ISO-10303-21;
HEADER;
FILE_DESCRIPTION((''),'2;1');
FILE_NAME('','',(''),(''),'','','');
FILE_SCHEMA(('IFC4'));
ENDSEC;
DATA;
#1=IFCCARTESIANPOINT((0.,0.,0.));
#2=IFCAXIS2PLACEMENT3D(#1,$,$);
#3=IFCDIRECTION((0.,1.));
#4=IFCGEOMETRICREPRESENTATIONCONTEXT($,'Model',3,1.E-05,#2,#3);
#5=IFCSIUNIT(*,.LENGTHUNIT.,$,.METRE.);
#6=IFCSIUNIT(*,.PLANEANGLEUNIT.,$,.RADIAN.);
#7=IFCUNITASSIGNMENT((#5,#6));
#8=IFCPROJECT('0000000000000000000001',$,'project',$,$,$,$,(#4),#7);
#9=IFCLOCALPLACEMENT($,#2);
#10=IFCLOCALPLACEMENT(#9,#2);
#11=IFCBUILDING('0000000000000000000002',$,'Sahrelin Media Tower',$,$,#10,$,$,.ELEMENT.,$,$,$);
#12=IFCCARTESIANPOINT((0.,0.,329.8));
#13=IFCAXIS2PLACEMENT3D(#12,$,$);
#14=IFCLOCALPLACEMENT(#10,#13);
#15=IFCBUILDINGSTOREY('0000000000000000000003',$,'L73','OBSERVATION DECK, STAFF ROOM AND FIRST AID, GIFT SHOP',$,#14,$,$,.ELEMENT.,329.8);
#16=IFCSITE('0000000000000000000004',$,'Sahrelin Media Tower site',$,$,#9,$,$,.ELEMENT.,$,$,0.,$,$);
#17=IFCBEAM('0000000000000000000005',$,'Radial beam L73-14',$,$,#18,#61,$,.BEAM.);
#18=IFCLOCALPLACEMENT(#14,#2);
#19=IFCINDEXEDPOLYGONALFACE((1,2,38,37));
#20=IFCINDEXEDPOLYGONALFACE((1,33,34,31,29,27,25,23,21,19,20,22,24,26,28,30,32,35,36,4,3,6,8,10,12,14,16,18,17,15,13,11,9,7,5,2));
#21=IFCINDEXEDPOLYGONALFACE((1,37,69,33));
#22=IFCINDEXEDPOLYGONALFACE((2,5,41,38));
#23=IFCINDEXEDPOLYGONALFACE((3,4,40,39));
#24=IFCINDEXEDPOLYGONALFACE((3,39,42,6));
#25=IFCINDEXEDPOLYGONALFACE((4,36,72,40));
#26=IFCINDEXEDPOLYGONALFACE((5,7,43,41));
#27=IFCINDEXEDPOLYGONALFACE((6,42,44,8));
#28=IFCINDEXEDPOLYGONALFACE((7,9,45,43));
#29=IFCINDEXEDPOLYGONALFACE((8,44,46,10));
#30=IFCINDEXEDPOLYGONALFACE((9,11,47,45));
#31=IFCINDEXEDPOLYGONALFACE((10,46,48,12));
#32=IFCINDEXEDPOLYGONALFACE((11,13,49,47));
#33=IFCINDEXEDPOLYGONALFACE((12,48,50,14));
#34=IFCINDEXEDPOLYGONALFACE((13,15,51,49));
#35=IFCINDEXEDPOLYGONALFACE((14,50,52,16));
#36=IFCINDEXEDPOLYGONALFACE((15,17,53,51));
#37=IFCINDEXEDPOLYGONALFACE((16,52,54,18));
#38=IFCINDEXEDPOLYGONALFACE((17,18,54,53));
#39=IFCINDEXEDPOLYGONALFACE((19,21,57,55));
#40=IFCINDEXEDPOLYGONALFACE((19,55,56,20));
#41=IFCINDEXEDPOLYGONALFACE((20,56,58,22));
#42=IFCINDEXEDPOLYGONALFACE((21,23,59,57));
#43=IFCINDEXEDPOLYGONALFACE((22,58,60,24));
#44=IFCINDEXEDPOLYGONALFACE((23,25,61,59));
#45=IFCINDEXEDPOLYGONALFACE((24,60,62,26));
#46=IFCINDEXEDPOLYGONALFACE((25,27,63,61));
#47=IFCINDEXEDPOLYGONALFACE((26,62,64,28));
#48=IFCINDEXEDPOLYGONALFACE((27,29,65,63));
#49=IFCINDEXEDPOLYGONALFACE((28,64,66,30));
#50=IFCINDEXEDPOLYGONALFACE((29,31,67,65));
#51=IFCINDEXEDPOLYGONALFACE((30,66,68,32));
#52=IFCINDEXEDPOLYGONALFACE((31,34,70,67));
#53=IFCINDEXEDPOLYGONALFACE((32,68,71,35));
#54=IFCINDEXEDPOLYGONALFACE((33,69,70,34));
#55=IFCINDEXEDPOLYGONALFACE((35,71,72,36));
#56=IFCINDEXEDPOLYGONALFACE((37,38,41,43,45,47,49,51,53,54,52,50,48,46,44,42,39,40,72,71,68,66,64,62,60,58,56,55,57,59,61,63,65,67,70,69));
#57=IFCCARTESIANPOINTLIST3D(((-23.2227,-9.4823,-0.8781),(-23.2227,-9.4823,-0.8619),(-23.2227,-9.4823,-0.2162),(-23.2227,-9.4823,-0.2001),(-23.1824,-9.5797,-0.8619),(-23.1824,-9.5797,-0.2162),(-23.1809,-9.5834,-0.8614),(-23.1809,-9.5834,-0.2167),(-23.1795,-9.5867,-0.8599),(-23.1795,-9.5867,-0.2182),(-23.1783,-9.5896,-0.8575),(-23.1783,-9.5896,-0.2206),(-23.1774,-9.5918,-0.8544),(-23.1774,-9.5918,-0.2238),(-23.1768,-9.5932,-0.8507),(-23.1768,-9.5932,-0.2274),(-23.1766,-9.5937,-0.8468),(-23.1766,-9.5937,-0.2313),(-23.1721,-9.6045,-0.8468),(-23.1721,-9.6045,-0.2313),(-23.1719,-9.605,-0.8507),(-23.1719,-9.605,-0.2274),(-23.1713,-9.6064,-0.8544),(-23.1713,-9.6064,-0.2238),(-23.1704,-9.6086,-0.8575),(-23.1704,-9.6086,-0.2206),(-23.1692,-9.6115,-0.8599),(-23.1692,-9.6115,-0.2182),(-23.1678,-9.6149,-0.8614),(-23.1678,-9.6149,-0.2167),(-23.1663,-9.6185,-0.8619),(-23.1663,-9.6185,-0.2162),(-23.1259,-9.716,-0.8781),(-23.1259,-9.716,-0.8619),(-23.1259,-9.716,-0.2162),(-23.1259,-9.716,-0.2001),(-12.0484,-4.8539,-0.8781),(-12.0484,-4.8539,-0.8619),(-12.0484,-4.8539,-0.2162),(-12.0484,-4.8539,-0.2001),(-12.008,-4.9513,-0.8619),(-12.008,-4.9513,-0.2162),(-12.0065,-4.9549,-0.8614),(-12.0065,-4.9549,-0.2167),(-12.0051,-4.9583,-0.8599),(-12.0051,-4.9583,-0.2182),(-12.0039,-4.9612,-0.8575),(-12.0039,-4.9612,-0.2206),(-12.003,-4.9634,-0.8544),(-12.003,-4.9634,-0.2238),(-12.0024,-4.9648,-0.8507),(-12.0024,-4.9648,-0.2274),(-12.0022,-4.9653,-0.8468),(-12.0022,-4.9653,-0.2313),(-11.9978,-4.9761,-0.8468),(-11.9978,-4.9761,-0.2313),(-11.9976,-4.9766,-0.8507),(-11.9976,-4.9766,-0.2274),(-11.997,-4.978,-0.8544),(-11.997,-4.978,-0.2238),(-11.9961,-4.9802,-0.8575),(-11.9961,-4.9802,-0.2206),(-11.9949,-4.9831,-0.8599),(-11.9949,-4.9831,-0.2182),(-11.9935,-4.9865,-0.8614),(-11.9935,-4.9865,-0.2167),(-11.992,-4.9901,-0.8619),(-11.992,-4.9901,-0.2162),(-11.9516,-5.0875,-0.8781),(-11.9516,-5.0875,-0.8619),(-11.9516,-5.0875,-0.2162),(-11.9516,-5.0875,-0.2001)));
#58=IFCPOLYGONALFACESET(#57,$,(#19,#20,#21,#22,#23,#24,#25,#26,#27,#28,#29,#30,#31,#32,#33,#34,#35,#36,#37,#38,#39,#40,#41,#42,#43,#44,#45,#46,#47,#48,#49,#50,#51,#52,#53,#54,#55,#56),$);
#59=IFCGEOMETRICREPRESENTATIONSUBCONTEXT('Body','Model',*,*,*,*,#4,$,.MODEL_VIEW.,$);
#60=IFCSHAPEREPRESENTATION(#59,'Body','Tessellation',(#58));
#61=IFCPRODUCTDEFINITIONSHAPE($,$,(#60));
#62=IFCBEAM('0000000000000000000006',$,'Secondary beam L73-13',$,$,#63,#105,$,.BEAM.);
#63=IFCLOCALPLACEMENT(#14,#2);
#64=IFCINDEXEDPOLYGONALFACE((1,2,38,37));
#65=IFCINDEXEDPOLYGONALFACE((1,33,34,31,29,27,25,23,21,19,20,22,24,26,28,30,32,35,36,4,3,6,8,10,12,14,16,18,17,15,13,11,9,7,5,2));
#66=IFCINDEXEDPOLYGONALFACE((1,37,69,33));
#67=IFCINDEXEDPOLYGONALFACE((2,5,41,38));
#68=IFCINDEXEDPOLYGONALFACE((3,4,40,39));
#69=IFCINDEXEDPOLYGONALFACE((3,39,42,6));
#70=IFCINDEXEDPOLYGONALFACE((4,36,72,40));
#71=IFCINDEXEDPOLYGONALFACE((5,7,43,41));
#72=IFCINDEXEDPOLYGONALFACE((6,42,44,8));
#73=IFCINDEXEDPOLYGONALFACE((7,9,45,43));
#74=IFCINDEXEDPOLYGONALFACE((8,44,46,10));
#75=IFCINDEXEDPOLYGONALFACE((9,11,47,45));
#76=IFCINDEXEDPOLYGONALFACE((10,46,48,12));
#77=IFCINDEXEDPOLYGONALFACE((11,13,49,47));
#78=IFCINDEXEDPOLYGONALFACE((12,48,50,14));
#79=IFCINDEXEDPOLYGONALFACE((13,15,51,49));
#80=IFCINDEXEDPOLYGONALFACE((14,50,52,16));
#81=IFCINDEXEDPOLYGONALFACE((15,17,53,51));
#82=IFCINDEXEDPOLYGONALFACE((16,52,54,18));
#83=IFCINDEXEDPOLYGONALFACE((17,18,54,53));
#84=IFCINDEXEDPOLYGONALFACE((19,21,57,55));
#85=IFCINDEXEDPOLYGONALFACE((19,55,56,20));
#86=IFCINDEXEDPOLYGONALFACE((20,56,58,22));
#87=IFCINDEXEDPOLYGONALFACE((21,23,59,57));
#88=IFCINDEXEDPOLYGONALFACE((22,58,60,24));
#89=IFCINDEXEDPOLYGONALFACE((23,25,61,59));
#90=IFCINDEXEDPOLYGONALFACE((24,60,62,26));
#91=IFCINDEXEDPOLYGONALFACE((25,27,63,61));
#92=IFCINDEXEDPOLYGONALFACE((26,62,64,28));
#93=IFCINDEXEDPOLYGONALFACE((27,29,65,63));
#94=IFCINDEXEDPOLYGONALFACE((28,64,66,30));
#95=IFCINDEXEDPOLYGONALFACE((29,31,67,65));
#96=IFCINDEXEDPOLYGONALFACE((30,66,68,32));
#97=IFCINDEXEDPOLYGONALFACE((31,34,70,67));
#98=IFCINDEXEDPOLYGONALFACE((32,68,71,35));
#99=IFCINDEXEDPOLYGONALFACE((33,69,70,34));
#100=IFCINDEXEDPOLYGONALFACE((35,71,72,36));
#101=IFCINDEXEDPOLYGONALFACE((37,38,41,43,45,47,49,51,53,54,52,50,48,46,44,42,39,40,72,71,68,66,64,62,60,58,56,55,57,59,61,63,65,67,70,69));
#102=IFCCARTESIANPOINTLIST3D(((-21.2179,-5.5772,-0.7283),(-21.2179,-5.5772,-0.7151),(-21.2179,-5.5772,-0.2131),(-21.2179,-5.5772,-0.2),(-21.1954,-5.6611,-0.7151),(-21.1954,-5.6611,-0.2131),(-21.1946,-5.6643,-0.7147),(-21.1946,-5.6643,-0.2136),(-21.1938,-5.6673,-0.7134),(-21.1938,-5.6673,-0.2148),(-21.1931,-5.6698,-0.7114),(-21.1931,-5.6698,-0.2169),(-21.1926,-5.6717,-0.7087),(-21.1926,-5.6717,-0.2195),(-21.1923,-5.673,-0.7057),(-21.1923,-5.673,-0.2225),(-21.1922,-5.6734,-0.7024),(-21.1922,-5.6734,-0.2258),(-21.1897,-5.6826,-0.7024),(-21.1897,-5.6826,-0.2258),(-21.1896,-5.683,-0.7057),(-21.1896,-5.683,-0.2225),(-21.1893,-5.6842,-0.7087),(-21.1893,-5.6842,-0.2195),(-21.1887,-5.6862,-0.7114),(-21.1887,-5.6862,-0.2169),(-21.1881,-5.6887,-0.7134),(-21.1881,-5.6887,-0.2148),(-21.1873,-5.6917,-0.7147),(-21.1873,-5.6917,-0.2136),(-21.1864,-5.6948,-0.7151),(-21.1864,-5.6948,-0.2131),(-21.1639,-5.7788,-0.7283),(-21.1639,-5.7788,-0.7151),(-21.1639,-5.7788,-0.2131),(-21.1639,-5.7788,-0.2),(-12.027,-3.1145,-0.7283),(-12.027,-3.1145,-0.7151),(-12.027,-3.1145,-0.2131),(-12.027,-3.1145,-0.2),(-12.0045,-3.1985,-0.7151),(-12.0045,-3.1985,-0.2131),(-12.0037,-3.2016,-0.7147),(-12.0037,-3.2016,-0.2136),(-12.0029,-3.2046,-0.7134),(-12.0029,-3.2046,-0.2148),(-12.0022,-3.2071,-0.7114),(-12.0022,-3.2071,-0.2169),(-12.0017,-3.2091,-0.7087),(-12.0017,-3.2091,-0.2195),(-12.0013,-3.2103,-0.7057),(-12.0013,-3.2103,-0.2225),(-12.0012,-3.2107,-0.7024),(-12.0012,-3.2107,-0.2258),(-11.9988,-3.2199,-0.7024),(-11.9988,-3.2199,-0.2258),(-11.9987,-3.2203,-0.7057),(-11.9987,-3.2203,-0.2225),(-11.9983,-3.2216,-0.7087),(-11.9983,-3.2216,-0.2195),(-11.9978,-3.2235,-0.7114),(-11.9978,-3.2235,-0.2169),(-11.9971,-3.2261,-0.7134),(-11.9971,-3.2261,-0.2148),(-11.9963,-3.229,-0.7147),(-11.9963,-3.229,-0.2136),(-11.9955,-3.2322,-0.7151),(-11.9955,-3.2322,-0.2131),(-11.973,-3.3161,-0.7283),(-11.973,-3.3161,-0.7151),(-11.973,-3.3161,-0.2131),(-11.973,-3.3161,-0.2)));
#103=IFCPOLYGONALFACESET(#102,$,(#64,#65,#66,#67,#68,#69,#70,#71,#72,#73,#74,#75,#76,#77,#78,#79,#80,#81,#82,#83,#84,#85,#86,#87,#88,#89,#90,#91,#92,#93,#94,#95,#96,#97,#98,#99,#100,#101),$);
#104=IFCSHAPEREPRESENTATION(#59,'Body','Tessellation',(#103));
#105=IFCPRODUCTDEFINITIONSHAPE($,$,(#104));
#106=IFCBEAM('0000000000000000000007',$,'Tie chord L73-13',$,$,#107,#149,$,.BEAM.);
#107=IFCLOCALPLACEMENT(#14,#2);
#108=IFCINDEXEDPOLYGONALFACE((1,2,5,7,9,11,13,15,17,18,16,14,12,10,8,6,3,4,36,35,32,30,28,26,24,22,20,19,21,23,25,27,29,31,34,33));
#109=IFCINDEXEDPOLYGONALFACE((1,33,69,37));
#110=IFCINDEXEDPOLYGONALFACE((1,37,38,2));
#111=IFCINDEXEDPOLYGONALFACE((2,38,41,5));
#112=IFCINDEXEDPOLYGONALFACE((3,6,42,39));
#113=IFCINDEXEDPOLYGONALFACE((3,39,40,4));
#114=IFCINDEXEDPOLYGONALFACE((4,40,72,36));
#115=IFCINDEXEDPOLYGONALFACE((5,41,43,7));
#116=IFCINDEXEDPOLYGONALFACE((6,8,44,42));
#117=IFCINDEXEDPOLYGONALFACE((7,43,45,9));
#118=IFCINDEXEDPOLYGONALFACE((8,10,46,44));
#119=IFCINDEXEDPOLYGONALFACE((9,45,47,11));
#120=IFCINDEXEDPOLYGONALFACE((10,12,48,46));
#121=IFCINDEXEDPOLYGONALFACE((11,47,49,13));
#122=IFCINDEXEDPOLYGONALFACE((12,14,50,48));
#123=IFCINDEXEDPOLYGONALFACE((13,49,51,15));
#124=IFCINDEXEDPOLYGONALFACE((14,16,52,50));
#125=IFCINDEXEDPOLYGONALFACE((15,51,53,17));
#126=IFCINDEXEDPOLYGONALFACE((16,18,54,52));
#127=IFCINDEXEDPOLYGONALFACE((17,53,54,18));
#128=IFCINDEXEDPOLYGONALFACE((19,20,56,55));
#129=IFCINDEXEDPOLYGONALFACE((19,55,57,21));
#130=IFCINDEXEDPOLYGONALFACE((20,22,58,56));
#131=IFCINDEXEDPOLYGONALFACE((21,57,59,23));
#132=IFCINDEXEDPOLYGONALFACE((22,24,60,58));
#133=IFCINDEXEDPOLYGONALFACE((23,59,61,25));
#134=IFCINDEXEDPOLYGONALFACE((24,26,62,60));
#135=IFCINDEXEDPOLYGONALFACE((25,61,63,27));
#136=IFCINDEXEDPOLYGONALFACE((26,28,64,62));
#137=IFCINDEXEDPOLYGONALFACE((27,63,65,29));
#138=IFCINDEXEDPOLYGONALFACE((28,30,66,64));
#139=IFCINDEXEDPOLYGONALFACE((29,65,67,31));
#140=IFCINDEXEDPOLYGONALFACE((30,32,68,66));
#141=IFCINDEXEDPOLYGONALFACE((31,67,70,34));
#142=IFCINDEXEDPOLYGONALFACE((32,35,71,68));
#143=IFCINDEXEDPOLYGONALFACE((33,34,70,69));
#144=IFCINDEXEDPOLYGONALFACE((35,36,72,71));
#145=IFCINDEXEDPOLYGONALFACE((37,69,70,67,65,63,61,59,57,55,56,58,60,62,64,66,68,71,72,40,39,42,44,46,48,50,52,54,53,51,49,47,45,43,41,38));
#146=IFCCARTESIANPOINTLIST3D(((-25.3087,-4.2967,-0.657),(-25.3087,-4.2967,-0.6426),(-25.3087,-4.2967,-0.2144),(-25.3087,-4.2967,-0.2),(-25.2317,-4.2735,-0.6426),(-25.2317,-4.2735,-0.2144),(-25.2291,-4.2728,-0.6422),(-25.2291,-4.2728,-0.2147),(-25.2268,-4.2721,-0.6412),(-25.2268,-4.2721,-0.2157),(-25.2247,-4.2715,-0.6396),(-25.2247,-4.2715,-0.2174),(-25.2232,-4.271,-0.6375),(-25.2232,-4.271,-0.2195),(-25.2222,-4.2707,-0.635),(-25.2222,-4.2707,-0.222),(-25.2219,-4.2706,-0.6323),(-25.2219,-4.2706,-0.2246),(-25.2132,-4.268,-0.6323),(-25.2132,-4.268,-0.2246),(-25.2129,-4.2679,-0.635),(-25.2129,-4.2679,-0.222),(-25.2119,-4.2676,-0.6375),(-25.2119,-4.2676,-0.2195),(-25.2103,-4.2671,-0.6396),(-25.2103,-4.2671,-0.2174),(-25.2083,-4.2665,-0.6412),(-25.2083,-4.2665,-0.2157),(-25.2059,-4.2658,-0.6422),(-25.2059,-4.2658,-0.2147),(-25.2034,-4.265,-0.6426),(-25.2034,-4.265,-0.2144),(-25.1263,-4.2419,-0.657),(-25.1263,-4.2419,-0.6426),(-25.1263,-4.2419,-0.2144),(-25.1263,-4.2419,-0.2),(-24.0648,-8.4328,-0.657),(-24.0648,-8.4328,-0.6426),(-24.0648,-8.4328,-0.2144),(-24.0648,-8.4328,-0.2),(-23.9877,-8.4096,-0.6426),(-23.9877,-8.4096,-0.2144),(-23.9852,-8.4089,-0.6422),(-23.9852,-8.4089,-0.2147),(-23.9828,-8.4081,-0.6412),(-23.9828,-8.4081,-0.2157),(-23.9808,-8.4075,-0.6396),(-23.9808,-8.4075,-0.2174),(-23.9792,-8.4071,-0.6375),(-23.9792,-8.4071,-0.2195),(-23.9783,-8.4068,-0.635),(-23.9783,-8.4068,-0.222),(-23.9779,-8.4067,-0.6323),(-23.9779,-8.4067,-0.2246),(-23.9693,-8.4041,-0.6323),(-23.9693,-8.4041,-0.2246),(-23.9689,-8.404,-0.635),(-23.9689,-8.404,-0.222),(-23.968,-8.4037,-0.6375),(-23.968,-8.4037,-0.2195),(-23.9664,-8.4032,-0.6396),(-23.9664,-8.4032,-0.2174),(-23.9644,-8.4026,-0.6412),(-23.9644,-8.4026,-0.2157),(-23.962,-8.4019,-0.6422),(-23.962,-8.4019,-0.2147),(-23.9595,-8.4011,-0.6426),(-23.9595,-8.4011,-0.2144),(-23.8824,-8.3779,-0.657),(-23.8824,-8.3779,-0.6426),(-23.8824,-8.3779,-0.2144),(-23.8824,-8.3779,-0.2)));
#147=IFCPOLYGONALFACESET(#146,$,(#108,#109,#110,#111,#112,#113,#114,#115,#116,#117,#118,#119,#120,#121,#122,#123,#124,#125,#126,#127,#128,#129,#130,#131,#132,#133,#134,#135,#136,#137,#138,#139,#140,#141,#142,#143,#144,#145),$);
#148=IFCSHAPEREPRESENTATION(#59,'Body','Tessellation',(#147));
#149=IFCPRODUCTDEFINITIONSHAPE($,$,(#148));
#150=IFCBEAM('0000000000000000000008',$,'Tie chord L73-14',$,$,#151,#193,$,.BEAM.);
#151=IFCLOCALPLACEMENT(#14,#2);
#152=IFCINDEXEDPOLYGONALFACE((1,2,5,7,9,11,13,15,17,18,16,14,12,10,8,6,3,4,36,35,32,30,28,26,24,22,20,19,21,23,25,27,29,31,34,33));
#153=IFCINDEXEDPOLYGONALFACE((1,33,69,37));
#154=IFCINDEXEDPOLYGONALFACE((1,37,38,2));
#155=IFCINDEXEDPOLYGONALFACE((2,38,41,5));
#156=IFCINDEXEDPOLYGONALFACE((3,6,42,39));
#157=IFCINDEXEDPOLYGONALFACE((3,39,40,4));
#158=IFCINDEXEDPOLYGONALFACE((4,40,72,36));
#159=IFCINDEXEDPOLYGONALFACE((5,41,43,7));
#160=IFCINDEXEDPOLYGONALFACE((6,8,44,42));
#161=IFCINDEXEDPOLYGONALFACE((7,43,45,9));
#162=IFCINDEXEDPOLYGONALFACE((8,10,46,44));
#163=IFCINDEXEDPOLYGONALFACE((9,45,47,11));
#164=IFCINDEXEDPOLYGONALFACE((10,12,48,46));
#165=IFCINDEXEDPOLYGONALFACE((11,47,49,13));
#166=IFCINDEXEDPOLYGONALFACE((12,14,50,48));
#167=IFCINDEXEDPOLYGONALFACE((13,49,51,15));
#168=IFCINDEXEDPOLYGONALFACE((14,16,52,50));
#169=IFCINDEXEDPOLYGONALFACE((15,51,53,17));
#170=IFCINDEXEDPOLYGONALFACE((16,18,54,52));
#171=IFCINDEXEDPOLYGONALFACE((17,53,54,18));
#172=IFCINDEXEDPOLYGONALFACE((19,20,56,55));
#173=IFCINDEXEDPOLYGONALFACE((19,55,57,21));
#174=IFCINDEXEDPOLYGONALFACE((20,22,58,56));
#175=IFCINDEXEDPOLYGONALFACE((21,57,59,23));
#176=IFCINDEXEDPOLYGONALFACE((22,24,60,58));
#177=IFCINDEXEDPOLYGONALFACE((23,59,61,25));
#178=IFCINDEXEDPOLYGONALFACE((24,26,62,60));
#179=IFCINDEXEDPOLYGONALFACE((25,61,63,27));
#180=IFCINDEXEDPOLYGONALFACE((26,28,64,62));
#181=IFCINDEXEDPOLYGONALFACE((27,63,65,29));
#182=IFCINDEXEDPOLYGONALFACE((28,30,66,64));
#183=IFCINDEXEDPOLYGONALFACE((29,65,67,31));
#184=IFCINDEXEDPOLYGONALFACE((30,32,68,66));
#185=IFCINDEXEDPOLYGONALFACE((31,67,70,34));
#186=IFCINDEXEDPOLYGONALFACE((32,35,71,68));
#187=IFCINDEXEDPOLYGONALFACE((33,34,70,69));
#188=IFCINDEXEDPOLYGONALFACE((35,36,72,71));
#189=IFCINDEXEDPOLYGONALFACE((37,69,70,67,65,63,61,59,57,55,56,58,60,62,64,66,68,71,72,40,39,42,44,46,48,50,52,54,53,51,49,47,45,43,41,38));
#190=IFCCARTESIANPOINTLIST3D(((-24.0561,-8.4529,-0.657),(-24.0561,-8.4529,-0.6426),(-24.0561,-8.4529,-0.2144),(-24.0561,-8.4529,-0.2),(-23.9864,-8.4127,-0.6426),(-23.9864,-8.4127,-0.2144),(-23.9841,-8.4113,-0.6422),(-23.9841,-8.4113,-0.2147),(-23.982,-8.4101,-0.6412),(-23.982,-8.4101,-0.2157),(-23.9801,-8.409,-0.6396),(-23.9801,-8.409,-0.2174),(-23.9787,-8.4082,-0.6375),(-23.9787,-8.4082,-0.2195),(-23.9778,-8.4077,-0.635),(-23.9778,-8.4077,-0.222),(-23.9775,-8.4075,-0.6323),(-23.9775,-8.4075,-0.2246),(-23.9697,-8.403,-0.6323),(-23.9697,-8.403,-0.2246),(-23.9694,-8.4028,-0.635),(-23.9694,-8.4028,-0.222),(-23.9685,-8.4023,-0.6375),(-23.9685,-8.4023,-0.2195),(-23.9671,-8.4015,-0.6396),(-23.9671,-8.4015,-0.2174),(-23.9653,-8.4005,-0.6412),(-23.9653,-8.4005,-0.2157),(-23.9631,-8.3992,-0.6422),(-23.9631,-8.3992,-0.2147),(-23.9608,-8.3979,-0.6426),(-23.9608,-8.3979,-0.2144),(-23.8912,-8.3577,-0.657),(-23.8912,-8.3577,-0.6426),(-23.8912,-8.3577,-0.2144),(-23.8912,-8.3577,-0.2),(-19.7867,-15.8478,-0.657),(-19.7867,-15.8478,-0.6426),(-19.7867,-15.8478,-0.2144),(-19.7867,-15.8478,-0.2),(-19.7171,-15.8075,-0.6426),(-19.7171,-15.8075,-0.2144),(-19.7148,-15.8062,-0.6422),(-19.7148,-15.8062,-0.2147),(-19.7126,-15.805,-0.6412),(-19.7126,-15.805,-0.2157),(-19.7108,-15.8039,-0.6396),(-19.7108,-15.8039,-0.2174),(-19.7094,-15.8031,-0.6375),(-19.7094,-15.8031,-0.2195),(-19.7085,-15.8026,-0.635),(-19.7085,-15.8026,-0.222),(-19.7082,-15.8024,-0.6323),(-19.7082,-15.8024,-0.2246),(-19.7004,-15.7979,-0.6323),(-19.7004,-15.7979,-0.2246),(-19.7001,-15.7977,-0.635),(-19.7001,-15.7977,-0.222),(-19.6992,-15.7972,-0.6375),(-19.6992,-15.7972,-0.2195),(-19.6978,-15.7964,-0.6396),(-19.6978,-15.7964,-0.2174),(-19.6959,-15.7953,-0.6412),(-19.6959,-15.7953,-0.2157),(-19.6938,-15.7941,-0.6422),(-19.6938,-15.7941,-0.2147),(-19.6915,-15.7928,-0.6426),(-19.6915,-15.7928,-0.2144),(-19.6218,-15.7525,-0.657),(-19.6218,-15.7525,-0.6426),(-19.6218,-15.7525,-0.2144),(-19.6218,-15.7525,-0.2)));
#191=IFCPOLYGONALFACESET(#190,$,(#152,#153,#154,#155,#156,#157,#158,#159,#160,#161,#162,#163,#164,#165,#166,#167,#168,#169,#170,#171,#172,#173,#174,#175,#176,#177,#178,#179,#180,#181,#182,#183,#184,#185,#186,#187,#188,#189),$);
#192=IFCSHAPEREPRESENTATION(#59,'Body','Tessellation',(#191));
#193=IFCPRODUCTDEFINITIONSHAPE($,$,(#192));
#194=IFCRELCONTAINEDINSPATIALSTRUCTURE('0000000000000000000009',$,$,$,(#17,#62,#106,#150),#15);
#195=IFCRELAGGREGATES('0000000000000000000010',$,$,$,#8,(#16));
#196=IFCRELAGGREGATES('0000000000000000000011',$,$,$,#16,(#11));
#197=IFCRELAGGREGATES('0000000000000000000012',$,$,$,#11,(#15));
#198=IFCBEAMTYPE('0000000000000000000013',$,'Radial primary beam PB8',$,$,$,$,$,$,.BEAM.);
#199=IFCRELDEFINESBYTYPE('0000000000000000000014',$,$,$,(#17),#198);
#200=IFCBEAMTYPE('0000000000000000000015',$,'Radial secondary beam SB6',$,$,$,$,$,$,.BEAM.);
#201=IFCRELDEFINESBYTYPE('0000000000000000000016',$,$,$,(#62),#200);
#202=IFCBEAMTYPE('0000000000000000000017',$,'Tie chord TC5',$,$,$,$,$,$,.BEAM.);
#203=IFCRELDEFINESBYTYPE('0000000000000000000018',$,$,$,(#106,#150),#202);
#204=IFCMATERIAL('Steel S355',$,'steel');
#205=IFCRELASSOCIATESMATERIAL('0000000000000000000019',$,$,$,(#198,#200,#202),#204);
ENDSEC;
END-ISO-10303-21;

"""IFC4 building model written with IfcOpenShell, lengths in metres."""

from ifc_helpers import new_model, si_unit, direction, frame, origin, origin_2d, place, context, subcontext, project, spatial, i_section, extrude, material, material_profile, profile_set, type_object, element, save


model = new_model("IFC4")

# Units and contexts
model_context = context("Model", 3, precision=1e-05, world=origin(), true_north=direction((0.0, 1.0)))
body_context = subcontext(model_context, "Body", "Model", "MODEL_VIEW")
ifc_project = project(units=[si_unit("LENGTHUNIT", "METRE"), si_unit("PLANEANGLEUNIT", "RADIAN")], contexts=[model_context])

# Site, building, storey
site_placement = place(None, origin())
site = spatial("IfcSite", under=ifc_project, at=site_placement, Name="Sahrelin Media Tower site", CompositionType="ELEMENT", RefElevation=0.0)
building_placement = place(site_placement, origin())
building = spatial("IfcBuilding", under=site, at=building_placement, Name="Sahrelin Media Tower", CompositionType="ELEMENT")
storey_placement = place(building_placement, frame((0.0, 0.0, 329.8)))
storey = spatial("IfcBuildingStorey", under=building, at=storey_placement, Name="L73", Description="OBSERVATION DECK, STAFF ROOM AND FIRST AID, GIFT SHOP", CompositionType="ELEMENT", Elevation=329.8)

# Shared definitions
ifc_material_1 = material(Name="Steel S355", Category="steel")

# Beams
ifc_material_profile_1 = material_profile(ifc_material_1, i_section(OverallWidth=0.2529, OverallDepth=0.678, WebThickness=0.0117, FlangeThickness=0.0161, FilletRadius=0.0151, at=origin_2d()), Name="UB 686x254x125")
ifc_profile_set_1 = profile_set([ifc_material_profile_1], Name="Steel S355")
beam_type_1 = type_object("IfcBeamType", Name="Radial primary beam PB8", PredefinedType="BEAM", material=ifc_profile_set_1)
beam_1_placement = place(storey_placement, frame((-12.0, -4.9707, -0.5391), z_axis=(-0.923883, -0.382674, 0.0), x_axis=(0.382674, -0.923883, 0.0)))
element("IfcBeam", 1, at=beam_1_placement, inside=storey, type_object=beam_type_1, Name="Radial beam L73-14", PredefinedType="BEAM", context=body_context, shape_type="SweptSolid", body=[
    extrude(i_section(OverallWidth=0.2529, OverallDepth=0.678, WebThickness=0.0117, FlangeThickness=0.0161, FilletRadius=0.0151, at=origin_2d()), origin(), (0.0, 0.0, 1.0), 12.095),
])
ifc_material_profile_2 = material_profile(ifc_material_1, i_section(OverallWidth=0.2087, OverallDepth=0.5283, WebThickness=0.0095, FlangeThickness=0.0132, FilletRadius=0.0127, at=origin_2d()), Name="UB 533x210x82")
ifc_profile_set_2 = profile_set([ifc_material_profile_2], Name="Steel S355")
beam_type_2 = type_object("IfcBeamType", Name="Radial secondary beam SB6", PredefinedType="BEAM", material=ifc_profile_set_2)
beam_2_placement = place(storey_placement, frame((-12.0, -3.2153, -0.4641), z_axis=(-0.965927, -0.258814, 0.0), x_axis=(0.258814, -0.965927, 0.0)))
element("IfcBeam", 2, at=beam_2_placement, inside=storey, type_object=beam_type_2, Name="Secondary beam L73-13", PredefinedType="BEAM", context=body_context, shape_type="SweptSolid", body=[
    extrude(i_section(OverallWidth=0.2087, OverallDepth=0.5283, WebThickness=0.0095, FlangeThickness=0.0132, FilletRadius=0.0127, at=origin_2d()), origin(), (0.0, 0.0, 1.0), 9.5151),
])
ifc_material_profile_3 = material_profile(ifc_material_1, i_section(OverallWidth=0.1904, OverallDepth=0.457, WebThickness=0.009, FlangeThickness=0.0144, FilletRadius=0.0103, at=origin_2d()), Name="UB 457x191x74")
ifc_profile_set_3 = profile_set([ifc_material_profile_3], Name="Steel S355")
beam_type_3 = type_object("IfcBeamType", Name="Tie chord TC5", PredefinedType="BEAM", material=ifc_profile_set_3)
beam_3_placement = place(storey_placement, frame((-25.2175, -4.2693, -0.4285), z_axis=(0.288006, -0.957628, 0.0), x_axis=(0.957628, 0.288006, 0.0)))
element("IfcBeam", 3, at=beam_3_placement, inside=storey, type_object=beam_type_3, Name="Tie chord L73-13", PredefinedType="BEAM", context=body_context, shape_type="SweptSolid", body=[
    extrude(i_section(OverallWidth=0.1904, OverallDepth=0.457, WebThickness=0.009, FlangeThickness=0.0144, FilletRadius=0.0103, at=origin_2d()), origin(), (0.0, 0.0, 1.0), 4.3191),
])
beam_4_placement = place(storey_placement, frame((-23.9736, -8.4053, -0.4285), z_axis=(0.499992, -0.86603, 0.0), x_axis=(0.86603, 0.499992, 0.0)))
element("IfcBeam", 4, at=beam_4_placement, inside=storey, type_object=beam_type_3, Name="Tie chord L73-14", PredefinedType="BEAM", context=body_context, shape_type="SweptSolid", body=[
    extrude(i_section(OverallWidth=0.1904, OverallDepth=0.457, WebThickness=0.009, FlangeThickness=0.0144, FilletRadius=0.0103, at=origin_2d()), origin(), (0.0, 0.0, 1.0), 8.5388),
])

save(model, "model.ifc")
